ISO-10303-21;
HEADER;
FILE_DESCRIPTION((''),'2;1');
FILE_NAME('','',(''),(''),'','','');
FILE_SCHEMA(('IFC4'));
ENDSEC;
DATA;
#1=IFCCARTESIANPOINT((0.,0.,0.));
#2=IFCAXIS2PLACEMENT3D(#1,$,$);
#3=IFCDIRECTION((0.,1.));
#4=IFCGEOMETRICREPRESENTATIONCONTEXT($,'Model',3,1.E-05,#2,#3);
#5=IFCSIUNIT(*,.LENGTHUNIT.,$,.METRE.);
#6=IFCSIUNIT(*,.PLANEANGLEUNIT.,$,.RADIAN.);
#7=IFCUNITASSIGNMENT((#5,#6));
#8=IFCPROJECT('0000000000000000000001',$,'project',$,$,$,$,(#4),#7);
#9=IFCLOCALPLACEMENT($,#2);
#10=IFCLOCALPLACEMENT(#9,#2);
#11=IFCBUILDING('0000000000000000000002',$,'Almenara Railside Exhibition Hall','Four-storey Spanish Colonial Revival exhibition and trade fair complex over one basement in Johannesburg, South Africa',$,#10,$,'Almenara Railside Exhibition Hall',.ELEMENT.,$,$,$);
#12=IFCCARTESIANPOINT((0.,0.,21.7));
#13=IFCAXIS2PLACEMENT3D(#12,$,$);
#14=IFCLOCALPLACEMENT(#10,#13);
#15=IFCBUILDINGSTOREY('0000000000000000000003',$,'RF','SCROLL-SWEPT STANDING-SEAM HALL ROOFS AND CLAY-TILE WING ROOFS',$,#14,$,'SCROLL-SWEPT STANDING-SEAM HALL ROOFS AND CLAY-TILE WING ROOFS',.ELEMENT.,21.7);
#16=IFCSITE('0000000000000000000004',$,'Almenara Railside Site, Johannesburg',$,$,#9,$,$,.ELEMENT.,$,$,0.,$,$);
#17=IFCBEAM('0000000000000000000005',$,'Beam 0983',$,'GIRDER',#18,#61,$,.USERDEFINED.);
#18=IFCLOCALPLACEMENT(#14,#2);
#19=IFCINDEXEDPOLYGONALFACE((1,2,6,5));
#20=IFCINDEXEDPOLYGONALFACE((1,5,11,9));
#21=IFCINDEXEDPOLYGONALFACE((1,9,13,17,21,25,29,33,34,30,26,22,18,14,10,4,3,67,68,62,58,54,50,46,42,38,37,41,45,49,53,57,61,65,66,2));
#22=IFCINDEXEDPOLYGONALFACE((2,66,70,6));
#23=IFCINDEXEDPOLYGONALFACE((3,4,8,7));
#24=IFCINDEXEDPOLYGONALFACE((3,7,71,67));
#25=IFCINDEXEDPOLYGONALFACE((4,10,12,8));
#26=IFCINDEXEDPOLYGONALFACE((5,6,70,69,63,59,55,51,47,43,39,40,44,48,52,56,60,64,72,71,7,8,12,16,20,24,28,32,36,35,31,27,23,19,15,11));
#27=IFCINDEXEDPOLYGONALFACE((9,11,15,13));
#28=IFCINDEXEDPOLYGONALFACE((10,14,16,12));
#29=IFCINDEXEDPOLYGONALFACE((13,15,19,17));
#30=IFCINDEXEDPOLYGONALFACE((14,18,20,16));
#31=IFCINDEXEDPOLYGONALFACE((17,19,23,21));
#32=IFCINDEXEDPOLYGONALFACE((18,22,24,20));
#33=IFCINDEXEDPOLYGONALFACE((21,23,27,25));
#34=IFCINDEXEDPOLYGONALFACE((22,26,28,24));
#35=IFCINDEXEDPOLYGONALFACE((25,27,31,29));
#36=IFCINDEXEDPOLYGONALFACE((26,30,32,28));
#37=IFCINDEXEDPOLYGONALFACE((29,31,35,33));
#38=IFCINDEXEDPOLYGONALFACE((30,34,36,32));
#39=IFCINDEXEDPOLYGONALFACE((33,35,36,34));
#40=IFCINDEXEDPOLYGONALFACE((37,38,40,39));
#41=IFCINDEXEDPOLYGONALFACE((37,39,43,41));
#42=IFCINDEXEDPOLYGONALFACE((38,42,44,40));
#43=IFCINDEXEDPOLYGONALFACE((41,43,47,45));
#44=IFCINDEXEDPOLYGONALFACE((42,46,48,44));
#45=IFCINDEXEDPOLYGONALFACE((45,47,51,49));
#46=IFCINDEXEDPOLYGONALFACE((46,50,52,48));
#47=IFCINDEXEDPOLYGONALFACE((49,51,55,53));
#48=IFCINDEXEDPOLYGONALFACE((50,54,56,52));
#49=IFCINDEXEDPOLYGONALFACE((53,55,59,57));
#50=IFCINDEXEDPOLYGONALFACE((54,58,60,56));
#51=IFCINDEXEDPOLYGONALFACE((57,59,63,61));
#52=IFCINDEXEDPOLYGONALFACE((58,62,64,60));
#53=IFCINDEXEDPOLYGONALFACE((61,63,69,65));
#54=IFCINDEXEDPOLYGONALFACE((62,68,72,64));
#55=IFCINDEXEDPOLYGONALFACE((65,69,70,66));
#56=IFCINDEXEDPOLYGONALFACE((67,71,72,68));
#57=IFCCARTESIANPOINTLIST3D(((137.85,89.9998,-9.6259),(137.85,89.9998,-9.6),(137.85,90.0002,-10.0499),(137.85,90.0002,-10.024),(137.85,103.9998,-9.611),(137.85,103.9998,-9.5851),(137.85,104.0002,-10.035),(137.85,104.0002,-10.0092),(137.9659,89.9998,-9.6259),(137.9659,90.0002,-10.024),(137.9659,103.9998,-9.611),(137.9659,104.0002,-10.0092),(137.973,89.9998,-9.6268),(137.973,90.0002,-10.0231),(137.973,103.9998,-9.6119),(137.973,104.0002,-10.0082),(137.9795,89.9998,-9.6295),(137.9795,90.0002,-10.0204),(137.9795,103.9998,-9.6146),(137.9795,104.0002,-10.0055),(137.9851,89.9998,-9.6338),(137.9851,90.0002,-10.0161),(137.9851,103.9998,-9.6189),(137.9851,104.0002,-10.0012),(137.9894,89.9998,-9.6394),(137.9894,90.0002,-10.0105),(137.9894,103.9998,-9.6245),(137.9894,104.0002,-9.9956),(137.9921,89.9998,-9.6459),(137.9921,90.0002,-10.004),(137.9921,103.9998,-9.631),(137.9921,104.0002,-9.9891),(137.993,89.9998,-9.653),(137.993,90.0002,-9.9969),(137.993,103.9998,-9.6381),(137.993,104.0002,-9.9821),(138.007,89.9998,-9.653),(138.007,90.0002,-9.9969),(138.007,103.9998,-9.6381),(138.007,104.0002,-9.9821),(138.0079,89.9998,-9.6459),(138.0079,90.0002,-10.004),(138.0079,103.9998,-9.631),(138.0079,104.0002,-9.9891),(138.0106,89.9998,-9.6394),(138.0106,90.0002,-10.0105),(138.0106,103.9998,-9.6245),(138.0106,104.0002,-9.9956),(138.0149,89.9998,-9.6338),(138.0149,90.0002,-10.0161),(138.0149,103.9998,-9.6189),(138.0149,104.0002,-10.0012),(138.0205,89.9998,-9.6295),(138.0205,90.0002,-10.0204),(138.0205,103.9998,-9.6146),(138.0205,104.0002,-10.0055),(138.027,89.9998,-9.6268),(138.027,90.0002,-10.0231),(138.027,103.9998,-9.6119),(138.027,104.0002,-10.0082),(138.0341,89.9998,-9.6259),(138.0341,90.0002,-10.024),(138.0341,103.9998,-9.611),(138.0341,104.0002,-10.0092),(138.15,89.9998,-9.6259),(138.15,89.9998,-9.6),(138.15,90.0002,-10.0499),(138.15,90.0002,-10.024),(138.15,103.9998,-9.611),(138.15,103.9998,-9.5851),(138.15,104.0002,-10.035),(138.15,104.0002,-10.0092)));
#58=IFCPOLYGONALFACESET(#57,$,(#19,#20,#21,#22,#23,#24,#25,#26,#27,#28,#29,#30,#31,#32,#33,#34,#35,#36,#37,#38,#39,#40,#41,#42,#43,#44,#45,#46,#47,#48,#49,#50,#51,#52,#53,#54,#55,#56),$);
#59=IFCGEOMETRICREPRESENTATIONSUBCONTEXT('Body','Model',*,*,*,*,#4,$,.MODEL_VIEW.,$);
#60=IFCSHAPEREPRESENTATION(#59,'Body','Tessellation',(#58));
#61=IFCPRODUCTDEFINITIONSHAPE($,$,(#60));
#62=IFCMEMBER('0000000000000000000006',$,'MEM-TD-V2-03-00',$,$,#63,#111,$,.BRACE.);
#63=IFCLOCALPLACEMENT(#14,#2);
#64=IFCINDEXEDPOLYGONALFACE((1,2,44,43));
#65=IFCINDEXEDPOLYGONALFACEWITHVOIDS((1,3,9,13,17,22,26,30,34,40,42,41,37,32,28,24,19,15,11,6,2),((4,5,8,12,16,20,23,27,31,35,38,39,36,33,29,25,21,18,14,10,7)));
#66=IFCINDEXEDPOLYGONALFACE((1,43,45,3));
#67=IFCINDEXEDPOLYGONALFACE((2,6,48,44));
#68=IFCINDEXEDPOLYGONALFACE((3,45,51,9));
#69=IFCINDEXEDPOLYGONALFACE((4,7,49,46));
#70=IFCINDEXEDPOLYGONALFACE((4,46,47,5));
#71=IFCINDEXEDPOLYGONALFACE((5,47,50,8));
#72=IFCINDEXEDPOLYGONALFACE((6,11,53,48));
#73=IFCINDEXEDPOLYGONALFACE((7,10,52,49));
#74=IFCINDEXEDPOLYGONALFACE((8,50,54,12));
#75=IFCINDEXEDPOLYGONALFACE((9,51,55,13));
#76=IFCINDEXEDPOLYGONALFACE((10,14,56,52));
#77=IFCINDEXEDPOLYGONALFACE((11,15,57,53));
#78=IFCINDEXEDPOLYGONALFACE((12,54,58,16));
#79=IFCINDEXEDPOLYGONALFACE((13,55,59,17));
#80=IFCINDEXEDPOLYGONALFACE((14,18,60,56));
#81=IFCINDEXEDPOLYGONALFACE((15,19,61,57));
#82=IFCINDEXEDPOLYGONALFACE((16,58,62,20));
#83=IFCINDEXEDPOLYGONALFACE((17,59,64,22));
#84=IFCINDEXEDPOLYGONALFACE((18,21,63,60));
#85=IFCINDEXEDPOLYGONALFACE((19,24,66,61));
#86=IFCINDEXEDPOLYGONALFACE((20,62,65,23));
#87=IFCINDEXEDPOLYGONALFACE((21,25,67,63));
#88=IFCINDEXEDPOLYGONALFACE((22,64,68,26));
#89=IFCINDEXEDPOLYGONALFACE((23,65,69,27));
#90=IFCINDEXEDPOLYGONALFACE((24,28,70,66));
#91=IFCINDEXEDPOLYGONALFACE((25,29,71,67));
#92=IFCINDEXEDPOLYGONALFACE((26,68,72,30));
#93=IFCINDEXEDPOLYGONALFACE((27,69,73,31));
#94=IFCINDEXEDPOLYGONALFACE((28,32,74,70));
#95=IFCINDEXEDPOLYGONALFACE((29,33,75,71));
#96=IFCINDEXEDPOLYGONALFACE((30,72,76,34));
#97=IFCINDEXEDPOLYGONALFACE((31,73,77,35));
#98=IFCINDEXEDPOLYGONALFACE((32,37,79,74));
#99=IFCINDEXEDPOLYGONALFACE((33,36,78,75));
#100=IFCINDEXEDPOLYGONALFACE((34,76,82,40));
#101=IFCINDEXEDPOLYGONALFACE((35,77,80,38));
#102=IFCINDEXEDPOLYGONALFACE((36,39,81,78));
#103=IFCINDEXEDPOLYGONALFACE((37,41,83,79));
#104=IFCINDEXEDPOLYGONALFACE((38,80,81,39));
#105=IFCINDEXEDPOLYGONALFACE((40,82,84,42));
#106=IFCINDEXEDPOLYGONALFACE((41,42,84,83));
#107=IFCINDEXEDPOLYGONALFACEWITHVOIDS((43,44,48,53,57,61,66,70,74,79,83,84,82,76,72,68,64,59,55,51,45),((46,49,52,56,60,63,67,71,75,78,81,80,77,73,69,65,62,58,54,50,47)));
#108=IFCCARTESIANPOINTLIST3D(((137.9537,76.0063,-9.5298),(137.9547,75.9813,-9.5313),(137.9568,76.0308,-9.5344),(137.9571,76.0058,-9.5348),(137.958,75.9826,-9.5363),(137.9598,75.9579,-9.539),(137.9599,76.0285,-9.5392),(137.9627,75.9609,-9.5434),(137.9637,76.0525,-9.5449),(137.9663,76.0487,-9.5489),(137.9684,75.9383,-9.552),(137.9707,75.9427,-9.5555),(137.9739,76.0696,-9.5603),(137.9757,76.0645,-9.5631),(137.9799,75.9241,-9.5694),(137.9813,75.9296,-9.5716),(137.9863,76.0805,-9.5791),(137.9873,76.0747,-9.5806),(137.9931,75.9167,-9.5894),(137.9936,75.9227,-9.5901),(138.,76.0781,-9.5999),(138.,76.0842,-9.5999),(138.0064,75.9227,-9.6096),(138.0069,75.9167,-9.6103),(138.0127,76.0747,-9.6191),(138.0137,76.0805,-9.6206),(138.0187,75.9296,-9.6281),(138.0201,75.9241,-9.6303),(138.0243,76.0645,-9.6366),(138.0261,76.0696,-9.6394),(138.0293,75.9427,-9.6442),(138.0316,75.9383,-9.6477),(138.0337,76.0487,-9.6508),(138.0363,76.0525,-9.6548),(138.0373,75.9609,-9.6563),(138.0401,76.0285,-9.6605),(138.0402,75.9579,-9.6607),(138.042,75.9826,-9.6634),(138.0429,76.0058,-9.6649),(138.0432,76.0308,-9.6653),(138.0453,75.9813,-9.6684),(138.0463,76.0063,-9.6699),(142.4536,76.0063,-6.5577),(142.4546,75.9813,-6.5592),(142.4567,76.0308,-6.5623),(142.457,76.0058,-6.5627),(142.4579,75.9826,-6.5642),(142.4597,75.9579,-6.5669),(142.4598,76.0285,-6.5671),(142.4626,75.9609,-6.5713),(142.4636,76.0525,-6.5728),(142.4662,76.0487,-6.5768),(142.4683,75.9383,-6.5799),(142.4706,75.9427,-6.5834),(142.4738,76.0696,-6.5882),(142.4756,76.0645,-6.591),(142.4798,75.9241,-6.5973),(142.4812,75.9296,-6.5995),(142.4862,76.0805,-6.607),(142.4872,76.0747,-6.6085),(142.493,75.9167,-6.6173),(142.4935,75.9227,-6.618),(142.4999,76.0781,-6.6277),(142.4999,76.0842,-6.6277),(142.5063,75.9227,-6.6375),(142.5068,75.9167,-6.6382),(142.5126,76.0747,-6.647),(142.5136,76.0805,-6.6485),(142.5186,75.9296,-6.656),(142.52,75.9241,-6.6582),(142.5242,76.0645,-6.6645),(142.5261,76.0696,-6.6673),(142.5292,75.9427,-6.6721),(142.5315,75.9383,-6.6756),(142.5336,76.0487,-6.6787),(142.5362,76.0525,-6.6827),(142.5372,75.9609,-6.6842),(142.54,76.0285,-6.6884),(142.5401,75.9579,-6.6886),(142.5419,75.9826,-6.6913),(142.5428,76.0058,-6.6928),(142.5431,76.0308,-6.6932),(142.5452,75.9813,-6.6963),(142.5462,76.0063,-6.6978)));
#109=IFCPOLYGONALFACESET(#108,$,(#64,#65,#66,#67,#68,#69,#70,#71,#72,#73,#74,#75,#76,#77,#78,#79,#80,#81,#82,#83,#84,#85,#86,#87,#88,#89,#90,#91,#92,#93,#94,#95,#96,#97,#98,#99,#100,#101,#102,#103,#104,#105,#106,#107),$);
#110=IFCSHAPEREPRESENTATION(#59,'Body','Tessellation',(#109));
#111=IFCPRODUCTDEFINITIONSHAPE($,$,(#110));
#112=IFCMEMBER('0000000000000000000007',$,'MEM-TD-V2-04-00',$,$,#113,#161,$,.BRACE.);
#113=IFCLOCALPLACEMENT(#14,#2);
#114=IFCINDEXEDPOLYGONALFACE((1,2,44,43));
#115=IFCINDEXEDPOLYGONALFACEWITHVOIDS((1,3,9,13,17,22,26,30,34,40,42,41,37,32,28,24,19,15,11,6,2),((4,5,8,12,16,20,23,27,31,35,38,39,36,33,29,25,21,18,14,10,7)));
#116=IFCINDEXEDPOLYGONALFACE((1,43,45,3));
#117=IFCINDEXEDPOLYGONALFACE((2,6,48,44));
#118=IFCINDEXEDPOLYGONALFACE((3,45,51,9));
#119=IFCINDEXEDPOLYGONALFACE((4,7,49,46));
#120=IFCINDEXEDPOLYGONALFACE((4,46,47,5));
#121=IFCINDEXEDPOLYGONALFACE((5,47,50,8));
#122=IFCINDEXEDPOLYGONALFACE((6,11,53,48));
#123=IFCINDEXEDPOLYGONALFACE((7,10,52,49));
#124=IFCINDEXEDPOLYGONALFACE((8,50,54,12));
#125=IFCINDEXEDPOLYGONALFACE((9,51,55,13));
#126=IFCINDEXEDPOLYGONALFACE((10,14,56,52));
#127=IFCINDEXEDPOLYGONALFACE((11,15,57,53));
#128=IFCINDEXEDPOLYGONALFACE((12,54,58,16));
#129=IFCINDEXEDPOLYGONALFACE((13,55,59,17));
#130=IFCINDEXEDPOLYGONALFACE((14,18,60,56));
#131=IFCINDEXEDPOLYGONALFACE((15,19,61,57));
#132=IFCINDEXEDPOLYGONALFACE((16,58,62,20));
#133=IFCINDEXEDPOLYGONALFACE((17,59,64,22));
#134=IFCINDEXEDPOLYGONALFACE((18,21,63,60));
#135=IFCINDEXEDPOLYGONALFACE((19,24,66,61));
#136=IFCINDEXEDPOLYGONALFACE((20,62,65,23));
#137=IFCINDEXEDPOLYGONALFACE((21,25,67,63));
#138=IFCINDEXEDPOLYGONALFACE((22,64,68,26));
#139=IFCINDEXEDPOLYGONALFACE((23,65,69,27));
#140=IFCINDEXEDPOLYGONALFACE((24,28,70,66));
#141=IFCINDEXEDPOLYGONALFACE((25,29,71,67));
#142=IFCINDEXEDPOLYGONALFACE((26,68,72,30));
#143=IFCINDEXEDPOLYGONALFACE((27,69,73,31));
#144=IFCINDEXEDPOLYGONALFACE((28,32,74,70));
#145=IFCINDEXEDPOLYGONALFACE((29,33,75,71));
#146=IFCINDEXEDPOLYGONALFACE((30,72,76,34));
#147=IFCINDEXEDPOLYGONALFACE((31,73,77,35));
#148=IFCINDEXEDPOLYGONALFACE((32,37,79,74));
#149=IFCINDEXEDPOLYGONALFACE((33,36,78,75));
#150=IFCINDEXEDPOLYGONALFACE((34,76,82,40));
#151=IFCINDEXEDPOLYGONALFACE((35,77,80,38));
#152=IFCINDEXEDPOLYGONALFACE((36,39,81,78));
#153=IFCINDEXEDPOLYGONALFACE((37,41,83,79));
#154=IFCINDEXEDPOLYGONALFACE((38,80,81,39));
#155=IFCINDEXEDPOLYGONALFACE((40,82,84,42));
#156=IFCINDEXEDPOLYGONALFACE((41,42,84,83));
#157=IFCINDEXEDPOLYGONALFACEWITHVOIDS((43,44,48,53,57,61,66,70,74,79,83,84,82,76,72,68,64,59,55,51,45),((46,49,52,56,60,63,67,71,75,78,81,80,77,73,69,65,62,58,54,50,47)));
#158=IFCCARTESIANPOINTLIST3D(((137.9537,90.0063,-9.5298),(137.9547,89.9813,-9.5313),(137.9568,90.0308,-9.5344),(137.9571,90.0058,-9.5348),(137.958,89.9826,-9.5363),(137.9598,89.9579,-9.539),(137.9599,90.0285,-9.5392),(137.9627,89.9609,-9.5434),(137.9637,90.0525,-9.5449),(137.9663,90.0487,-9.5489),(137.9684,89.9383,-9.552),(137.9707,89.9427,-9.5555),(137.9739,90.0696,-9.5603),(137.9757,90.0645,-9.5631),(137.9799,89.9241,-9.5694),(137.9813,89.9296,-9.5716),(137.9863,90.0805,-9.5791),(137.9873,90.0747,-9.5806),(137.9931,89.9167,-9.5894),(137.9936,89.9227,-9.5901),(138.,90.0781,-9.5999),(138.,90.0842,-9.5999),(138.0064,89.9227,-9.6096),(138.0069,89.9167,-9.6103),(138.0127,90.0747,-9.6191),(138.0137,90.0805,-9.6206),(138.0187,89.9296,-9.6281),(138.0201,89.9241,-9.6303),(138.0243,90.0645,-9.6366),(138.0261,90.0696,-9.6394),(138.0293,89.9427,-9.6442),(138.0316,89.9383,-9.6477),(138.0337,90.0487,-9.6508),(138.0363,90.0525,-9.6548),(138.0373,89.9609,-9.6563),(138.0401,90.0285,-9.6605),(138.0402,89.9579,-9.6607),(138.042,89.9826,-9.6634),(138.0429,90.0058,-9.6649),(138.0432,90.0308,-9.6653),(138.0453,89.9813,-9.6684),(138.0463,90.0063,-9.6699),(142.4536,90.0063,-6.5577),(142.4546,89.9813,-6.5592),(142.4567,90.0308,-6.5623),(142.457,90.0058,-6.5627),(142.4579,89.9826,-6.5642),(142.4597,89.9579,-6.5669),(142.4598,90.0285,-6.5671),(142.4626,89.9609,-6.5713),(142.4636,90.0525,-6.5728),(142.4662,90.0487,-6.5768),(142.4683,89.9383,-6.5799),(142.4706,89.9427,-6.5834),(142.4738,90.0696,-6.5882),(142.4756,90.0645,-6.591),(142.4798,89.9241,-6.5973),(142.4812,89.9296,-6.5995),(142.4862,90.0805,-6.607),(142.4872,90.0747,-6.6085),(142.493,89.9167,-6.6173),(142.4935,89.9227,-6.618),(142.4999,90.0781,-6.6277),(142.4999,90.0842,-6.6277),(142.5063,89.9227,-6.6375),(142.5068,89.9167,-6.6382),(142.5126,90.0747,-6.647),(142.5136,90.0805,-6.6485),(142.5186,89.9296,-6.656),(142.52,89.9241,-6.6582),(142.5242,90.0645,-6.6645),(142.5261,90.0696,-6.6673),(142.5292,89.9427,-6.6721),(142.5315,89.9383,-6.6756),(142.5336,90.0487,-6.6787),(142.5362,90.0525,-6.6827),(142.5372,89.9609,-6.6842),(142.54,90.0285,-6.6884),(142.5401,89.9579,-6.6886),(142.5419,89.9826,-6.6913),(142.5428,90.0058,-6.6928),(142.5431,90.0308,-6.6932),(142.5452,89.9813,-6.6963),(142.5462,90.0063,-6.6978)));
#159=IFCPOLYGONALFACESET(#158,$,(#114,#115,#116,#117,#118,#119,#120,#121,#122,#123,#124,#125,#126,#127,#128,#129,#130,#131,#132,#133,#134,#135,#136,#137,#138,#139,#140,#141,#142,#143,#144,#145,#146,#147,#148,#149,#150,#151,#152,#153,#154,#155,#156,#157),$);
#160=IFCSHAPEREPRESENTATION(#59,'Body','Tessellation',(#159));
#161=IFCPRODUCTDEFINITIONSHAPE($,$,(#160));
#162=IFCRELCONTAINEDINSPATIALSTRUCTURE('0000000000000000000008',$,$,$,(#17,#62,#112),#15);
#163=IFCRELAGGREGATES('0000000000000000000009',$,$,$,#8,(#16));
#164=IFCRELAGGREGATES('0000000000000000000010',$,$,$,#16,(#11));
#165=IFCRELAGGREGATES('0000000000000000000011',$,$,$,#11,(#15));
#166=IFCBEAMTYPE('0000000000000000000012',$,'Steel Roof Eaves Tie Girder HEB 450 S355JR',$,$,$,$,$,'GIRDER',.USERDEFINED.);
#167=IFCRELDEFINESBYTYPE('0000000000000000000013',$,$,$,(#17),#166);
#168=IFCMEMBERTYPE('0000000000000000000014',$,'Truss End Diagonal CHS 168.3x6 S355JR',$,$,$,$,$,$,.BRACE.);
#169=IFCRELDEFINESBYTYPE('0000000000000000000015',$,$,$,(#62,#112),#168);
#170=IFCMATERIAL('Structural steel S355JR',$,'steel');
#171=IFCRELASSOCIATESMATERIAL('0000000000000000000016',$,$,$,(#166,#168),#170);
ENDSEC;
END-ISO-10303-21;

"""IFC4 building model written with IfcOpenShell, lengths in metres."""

from ifc_helpers import new_model, si_unit, direction, frame, origin, origin_2d, place, context, subcontext, project, spatial, hollow_circle, i_section, extrude, material, material_profile, profile_set, type_object, element, save


model = new_model("IFC4")

# Units and contexts
model_context = context("Model", 3, precision=1e-05, world=origin(), true_north=direction((0.0, 1.0)))
body_context = subcontext(model_context, "Body", "Model", "MODEL_VIEW")
ifc_project = project(units=[si_unit("LENGTHUNIT", "METRE"), si_unit("PLANEANGLEUNIT", "RADIAN")], contexts=[model_context])

# Site, building, storey
site_placement = place(None, origin())
site = spatial("IfcSite", under=ifc_project, at=site_placement, Name="Almenara Railside Site, Johannesburg", CompositionType="ELEMENT", RefElevation=0.0)
building_placement = place(site_placement, origin())
building = spatial("IfcBuilding", under=site, at=building_placement, Name="Almenara Railside Exhibition Hall", Description="Four-storey Spanish Colonial Revival exhibition and trade fair complex over one basement in Johannesburg, South Africa", LongName="Almenara Railside Exhibition Hall", CompositionType="ELEMENT")
storey_placement = place(building_placement, frame((0.0, 0.0, 21.7)))
storey = spatial("IfcBuildingStorey", under=building, at=storey_placement, Name="RF", Description="SCROLL-SWEPT STANDING-SEAM HALL ROOFS AND CLAY-TILE WING ROOFS", LongName="SCROLL-SWEPT STANDING-SEAM HALL ROOFS AND CLAY-TILE WING ROOFS", CompositionType="ELEMENT", Elevation=21.7)

# Shared definitions
ifc_material_1 = material(Name="Structural steel S355JR", Category="steel")

# Beam
ifc_material_profile_1 = material_profile(ifc_material_1, i_section(OverallWidth=0.3, OverallDepth=0.45, WebThickness=0.0139, FlangeThickness=0.0259, FilletRadius=0.0271, at=origin_2d()), Name="HEB 450")
ifc_profile_set_1 = profile_set([ifc_material_profile_1], Name="Structural steel S355JR")
beam_type = type_object("IfcBeamType", Name="Steel Roof Eaves Tie Girder HEB 450 S355JR", ElementType="GIRDER", PredefinedType="USERDEFINED", material=ifc_profile_set_1)
for number, where, z_axis, x_axis, name in (
    (1, (138.0, 90.0, -9.825), (0.0, 0.999999, 0.001064), (-1.0, 0.0, 0.0), "Beam 0983"),
):
    element("IfcBeam", number, at=place(storey_placement, frame(where, z_axis=z_axis, x_axis=x_axis)), inside=storey, type_object=beam_type, Name=name, ObjectType="GIRDER", PredefinedType="USERDEFINED", context=body_context, shape_type="SweptSolid", body=[
        extrude(i_section(OverallWidth=0.3, OverallDepth=0.45, WebThickness=0.0139, FlangeThickness=0.0259, FilletRadius=0.0271, at=origin_2d()), origin(), (0.0, 0.0, 1.0), 14.0),
    ])

# Members
ifc_material_profile_2 = material_profile(ifc_material_1, hollow_circle(Radius=0.0842, WallThickness=0.0061, at=origin_2d()), Name="CHS 168.3x6")
ifc_profile_set_2 = profile_set([ifc_material_profile_2], Name="Structural steel S355JR")
member_type_1 = type_object("IfcMemberType", Name="Truss End Diagonal CHS 168.3x6 S355JR", PredefinedType="BRACE", material=ifc_profile_set_2)
for number, where, z_axis, x_axis, name in (
    (2, (138.0, 76.0, -9.5999), (0.834425, 0.0, 0.551122), (0.0, 1.0, 0.0), "MEM-TD-V2-03-00"),
    (3, (138.0, 90.0, -9.5999), (0.834425, 0.0, 0.551122), (0.0, 1.0, 0.0), "MEM-TD-V2-04-00"),
):
    element("IfcMember", number, at=place(storey_placement, frame(where, z_axis=z_axis, x_axis=x_axis)), inside=storey, type_object=member_type_1, Name=name, PredefinedType="BRACE", context=body_context, shape_type="SweptSolid", body=[
        extrude(hollow_circle(Radius=0.0842, WallThickness=0.0061, at=origin_2d()), origin(), (0.0, 0.0, 1.0), 5.3928),
    ])

save(model, "model.ifc")
